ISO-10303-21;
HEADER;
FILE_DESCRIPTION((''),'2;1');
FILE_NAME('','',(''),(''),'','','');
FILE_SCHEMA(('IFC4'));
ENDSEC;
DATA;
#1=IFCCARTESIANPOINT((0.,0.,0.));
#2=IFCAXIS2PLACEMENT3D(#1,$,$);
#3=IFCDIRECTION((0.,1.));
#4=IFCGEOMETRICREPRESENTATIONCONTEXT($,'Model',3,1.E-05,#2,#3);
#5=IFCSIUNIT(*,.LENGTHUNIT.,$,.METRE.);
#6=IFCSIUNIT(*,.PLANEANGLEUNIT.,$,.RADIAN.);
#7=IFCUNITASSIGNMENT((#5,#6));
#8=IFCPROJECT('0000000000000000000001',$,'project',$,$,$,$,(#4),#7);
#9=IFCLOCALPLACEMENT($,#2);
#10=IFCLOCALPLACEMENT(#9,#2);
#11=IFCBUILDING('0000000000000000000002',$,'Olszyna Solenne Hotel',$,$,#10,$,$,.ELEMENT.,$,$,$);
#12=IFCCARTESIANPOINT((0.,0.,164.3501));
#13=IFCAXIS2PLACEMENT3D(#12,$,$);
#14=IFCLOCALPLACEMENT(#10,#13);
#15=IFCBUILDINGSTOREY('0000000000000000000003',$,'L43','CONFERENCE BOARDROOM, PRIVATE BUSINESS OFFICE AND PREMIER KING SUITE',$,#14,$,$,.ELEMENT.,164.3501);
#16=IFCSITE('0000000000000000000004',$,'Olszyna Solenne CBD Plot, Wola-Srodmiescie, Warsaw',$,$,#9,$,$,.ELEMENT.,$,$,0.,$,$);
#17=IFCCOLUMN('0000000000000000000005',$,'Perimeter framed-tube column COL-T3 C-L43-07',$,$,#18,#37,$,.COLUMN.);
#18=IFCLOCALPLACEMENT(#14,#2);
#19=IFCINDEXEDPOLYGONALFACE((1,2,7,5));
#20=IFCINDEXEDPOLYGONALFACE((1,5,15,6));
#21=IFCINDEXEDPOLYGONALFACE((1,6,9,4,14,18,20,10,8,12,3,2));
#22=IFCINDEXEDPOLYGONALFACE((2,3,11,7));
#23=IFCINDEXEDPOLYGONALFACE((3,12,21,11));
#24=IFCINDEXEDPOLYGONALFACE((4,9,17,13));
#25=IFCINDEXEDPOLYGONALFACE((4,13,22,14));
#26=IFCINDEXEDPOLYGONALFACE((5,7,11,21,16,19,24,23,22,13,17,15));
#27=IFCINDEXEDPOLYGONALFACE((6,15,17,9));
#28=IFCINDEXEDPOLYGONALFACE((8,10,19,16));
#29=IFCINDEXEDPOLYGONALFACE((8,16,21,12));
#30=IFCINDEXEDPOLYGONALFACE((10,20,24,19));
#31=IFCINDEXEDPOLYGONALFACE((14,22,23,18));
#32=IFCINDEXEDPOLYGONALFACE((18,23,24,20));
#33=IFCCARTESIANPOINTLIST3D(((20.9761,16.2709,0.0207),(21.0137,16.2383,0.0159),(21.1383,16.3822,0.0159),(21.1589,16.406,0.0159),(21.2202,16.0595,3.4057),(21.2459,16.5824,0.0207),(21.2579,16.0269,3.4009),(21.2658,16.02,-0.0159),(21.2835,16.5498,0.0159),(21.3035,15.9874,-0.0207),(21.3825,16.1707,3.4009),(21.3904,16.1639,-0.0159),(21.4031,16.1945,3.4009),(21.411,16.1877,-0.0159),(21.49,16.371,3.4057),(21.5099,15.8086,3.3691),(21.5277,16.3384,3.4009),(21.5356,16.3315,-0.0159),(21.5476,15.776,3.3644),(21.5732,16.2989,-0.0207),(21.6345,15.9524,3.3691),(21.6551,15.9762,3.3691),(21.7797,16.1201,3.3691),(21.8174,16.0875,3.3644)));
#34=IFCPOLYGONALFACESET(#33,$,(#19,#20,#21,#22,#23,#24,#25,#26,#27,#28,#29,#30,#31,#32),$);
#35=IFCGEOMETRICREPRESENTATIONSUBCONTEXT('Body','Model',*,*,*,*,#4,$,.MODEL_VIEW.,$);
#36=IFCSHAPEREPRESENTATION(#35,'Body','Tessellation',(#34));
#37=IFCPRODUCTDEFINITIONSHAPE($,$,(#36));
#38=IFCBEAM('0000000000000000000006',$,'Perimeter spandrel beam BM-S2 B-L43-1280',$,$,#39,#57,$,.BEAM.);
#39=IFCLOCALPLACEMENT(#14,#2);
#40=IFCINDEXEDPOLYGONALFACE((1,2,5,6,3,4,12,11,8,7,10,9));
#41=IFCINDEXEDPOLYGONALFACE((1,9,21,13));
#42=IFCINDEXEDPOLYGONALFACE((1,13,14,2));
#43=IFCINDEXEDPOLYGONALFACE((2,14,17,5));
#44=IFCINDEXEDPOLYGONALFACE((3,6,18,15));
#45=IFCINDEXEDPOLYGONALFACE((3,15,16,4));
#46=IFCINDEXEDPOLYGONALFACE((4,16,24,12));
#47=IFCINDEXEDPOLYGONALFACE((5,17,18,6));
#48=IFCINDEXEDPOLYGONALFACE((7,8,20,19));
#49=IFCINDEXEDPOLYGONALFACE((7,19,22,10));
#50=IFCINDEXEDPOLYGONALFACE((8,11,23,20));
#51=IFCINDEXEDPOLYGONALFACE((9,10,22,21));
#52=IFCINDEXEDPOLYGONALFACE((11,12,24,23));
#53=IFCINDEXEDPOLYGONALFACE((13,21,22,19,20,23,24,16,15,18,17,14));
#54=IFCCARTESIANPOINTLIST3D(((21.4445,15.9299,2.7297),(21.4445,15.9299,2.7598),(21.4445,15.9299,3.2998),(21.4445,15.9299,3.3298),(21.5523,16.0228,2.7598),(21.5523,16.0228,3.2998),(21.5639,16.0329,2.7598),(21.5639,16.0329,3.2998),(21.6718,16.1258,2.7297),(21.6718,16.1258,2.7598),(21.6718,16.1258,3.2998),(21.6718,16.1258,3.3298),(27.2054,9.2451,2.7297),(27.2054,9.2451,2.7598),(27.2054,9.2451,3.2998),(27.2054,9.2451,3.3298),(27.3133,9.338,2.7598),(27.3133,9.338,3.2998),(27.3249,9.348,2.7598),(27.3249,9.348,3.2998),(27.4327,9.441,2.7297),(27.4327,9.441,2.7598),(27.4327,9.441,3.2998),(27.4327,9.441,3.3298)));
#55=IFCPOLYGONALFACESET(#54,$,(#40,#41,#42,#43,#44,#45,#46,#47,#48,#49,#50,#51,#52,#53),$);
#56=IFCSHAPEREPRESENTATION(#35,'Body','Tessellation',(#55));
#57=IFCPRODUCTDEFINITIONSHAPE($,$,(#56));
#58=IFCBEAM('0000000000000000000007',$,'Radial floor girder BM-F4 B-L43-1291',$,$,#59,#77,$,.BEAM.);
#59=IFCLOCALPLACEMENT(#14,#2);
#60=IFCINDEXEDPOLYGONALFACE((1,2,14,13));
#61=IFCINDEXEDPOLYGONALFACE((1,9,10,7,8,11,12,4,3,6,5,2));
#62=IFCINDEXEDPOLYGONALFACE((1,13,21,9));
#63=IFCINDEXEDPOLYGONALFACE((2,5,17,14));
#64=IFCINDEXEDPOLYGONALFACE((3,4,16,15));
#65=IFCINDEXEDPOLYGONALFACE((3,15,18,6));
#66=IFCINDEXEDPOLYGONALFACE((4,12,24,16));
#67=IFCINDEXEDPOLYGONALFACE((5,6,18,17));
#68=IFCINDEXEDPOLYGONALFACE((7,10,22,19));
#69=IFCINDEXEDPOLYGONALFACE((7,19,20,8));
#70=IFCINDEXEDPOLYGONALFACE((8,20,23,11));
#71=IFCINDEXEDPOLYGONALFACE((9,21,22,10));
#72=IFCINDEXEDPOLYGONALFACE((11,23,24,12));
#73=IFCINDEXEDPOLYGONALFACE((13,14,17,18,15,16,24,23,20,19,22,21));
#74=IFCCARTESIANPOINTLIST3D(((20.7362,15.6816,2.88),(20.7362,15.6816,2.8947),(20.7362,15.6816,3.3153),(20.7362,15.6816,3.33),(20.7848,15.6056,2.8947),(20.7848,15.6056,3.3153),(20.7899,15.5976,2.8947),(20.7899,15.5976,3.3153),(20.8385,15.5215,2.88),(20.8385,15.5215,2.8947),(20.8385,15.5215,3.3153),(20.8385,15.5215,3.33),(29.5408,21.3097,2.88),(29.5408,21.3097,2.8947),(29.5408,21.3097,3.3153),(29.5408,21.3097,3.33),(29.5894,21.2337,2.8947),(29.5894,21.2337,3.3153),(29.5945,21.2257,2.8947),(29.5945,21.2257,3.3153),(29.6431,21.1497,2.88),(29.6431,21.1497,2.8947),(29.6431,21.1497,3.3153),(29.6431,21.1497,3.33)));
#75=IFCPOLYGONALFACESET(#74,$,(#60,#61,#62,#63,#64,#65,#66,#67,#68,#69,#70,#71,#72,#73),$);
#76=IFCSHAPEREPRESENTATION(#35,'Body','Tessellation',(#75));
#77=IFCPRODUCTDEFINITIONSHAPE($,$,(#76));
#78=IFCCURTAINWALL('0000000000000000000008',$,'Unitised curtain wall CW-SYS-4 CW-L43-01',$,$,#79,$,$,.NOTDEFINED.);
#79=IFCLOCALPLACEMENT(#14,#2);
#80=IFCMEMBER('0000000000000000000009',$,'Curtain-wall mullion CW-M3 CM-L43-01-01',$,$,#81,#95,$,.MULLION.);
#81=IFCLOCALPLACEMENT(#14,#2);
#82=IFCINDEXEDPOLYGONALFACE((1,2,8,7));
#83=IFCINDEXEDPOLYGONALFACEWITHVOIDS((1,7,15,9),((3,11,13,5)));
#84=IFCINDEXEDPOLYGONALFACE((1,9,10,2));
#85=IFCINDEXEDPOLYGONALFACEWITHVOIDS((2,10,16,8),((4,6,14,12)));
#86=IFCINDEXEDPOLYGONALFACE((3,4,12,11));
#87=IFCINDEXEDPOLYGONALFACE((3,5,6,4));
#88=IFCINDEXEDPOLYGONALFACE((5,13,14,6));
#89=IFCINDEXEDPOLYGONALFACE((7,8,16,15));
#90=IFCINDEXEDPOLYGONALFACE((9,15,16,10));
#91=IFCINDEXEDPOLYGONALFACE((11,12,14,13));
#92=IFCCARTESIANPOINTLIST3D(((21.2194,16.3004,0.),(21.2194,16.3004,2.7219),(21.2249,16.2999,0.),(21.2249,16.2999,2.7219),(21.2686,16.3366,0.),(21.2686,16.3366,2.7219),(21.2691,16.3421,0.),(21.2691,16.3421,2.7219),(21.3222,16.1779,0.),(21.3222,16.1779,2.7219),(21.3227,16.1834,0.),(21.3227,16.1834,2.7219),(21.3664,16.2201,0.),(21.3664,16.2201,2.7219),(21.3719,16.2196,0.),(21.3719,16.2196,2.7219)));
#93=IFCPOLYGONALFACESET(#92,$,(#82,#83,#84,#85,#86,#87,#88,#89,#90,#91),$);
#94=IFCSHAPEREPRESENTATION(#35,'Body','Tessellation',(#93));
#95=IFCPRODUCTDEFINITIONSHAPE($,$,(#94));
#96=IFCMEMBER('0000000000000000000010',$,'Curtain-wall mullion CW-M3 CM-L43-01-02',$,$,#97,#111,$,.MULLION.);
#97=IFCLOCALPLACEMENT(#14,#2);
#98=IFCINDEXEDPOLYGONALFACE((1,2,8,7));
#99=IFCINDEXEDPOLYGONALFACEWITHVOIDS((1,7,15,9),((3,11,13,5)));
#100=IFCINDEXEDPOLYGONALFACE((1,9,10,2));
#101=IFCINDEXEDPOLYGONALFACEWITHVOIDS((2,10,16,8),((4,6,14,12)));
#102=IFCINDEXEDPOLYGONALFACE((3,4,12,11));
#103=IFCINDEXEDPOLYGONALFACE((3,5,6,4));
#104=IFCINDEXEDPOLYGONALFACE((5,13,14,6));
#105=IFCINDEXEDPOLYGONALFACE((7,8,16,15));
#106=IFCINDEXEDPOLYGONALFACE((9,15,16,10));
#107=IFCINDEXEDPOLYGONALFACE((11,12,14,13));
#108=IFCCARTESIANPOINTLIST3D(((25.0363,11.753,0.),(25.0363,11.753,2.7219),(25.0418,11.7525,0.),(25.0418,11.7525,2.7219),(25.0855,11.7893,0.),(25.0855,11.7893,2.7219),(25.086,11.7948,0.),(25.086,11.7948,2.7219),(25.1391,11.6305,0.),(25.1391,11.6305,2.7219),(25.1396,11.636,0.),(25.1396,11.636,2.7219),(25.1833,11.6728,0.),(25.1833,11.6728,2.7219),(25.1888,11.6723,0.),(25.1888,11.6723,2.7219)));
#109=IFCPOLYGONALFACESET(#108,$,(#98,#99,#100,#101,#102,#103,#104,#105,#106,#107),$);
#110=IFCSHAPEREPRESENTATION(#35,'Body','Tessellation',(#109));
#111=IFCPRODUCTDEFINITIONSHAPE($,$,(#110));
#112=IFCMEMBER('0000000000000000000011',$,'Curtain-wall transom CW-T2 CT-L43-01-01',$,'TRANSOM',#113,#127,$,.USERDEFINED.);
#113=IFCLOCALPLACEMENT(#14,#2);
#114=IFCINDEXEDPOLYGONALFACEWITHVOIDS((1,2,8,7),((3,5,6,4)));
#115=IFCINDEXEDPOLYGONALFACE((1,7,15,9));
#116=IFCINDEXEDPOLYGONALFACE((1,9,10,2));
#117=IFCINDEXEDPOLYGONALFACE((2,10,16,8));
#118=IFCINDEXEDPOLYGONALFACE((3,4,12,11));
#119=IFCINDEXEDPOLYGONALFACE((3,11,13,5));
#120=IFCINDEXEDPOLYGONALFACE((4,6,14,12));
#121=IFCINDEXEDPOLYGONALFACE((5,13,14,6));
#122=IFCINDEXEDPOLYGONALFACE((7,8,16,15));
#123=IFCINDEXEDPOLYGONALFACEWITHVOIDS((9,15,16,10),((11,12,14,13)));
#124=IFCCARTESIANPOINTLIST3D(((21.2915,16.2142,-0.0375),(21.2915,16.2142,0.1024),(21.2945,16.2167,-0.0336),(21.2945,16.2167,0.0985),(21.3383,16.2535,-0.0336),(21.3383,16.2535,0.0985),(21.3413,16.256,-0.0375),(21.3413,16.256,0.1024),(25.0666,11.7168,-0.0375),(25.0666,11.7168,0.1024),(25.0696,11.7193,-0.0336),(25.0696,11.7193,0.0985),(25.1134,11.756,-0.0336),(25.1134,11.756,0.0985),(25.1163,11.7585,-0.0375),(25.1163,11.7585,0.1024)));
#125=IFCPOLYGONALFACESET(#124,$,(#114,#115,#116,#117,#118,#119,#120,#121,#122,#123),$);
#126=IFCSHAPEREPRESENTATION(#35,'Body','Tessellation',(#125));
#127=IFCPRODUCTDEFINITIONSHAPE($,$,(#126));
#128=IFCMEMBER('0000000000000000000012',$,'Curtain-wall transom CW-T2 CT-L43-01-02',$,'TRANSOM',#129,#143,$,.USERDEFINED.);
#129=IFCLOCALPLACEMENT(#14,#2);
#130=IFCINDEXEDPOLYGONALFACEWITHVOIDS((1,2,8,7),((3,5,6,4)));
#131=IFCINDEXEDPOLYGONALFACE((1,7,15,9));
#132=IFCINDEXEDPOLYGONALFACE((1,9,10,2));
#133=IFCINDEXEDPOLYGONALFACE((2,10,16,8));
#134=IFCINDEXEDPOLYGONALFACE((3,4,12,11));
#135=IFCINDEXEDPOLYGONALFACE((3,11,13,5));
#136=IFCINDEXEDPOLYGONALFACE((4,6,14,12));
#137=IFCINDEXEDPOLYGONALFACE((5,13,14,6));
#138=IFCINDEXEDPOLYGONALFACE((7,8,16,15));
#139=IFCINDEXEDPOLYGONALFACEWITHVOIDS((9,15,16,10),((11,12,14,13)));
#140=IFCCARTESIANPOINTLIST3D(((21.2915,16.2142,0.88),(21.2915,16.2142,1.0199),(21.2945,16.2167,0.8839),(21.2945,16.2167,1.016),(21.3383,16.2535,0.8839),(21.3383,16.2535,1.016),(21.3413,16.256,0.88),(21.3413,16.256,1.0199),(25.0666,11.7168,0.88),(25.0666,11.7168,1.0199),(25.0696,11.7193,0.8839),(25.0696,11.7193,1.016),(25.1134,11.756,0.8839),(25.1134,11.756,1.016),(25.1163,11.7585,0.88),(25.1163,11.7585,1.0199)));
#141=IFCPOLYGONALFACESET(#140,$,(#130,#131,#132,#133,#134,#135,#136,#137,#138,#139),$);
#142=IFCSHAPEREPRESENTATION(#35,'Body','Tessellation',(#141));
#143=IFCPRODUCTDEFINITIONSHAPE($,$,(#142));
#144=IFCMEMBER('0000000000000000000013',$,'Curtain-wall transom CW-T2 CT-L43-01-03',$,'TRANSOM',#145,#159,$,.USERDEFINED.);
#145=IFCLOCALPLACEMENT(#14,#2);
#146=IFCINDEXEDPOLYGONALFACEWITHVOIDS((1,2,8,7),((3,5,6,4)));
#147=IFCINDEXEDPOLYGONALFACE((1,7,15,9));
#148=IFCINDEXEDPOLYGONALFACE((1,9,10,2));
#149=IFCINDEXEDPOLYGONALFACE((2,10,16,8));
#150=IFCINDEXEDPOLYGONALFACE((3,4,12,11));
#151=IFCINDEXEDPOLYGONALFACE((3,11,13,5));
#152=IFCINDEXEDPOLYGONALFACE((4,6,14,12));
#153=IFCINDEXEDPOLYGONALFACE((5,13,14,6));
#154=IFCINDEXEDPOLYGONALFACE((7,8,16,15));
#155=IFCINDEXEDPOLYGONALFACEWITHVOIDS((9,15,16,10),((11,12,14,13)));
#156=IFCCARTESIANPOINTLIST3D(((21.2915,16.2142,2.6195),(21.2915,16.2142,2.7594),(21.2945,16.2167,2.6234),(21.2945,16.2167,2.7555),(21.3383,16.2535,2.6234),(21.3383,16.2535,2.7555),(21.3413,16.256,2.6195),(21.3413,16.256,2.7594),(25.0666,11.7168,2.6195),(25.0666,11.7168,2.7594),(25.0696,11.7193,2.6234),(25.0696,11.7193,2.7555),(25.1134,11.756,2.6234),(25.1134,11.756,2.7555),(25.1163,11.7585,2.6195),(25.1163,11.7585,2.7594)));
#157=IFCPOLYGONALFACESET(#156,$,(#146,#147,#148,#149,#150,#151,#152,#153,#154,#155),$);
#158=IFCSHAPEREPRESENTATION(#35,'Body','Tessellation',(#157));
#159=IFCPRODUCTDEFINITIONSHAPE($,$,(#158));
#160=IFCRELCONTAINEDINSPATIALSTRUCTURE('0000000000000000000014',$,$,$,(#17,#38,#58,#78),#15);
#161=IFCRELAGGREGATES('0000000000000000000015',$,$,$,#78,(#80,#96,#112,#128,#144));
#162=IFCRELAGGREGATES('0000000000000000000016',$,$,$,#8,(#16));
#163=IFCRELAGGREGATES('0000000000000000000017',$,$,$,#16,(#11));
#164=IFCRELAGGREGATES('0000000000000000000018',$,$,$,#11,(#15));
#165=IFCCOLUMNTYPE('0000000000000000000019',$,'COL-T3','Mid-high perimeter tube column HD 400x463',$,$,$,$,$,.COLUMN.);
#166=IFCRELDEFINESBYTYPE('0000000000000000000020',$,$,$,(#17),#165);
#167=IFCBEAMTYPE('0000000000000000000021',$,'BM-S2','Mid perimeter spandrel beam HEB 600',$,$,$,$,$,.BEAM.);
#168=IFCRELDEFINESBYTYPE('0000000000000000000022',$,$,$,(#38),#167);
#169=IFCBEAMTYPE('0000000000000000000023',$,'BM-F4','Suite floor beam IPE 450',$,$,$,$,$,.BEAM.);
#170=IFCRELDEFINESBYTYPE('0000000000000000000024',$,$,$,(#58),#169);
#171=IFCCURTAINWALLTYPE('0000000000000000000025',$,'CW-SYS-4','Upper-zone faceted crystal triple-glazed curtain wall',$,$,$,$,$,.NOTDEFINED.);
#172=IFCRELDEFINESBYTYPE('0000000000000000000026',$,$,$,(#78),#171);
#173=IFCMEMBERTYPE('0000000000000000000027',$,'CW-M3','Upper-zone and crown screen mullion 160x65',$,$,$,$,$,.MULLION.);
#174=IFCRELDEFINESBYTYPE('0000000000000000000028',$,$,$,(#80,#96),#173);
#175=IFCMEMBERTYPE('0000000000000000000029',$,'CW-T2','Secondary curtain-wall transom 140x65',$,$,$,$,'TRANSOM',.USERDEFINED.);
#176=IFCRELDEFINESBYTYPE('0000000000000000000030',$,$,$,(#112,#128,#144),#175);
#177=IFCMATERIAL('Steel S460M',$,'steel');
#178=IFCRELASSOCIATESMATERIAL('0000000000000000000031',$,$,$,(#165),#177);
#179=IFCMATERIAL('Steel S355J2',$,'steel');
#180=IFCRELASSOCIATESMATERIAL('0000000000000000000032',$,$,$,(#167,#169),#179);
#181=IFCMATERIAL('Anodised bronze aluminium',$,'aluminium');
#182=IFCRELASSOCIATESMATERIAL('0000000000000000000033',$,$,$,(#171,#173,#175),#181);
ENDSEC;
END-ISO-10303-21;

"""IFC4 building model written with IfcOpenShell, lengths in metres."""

from ifc_helpers import new_model, si_unit, direction, frame, origin, origin_2d, place, context, subcontext, project, spatial, hollow_rectangle, i_section, extrude, source, transform, mapped, material, material_profile, profile_set, type_object, element, aggregate, save


model = new_model("IFC4")

# Units and contexts
model_context = context("Model", 3, precision=1e-05, world=origin(), true_north=direction((0.0, 1.0)))
body_context = subcontext(model_context, "Body", "Model", "MODEL_VIEW")
ifc_project = project(units=[si_unit("LENGTHUNIT", "METRE"), si_unit("PLANEANGLEUNIT", "RADIAN")], contexts=[model_context])

# Site, building, storey
site_placement = place(None, origin())
site = spatial("IfcSite", under=ifc_project, at=site_placement, Name="Olszyna Solenne CBD Plot, Wola-Srodmiescie, Warsaw", CompositionType="ELEMENT", RefElevation=0.0)
building_placement = place(site_placement, origin())
building = spatial("IfcBuilding", under=site, at=building_placement, Name="Olszyna Solenne Hotel", CompositionType="ELEMENT")
storey_placement = place(building_placement, frame((0.0, 0.0, 164.3501)))
storey = spatial("IfcBuildingStorey", under=building, at=storey_placement, Name="L43", Description="CONFERENCE BOARDROOM, PRIVATE BUSINESS OFFICE AND PREMIER KING SUITE", CompositionType="ELEMENT", Elevation=164.3501)

# Column
ifc_material_1 = material(Name="Steel S460M", Category="steel")
ifc_material_profile_1 = material_profile(ifc_material_1, i_section(OverallWidth=0.4121, OverallDepth=0.4351, WebThickness=0.0315, FlangeThickness=0.05, at=origin_2d()), Name="HD 400x463", Category="load-bearing")
ifc_profile_set_1 = profile_set([ifc_material_profile_1], Name="Steel S460M")
column_type = type_object("IfcColumnType", Name="COL-T3", Description="Mid-high perimeter tube column HD 400x463", PredefinedType="COLUMN", material=ifc_profile_set_1)
shared_shape_1 = source(origin(), body_context, "Body", "SweptSolid", [
    extrude(i_section(OverallWidth=0.4121, OverallDepth=0.4351, WebThickness=0.0315, FlangeThickness=0.05, at=origin_2d()), origin(), (0.0, 0.0, 1.0), 3.4004),
])
column_placement = place(storey_placement, frame((21.2747, 16.2849, 0.0), z_axis=(0.071798, -0.062177, 0.995479), x_axis=(0.654643, 0.755938, 0.0)))
element("IfcColumn", 1, at=column_placement, inside=storey, type_object=column_type, Name="Perimeter framed-tube column COL-T3 C-L43-07", PredefinedType="COLUMN", context=body_context, shape_type="MappedRepresentation", body=[
    mapped(shared_shape_1, transform((0.0, 0.0, 0.0), x_axis=(1.0, 0.0, 0.0), y_axis=(0.0, 1.0, 0.0), z_axis=(0.0, 0.0, 1.0), scale=1.0)),
])

# Beams
ifc_material_2 = material(Name="Steel S355J2", Category="steel")
ifc_material_profile_2 = material_profile(ifc_material_2, i_section(OverallWidth=0.3, OverallDepth=0.6001, WebThickness=0.0154, FlangeThickness=0.03, at=origin_2d()), Name="HEB 600", Category="load-bearing")
ifc_profile_set_2 = profile_set([ifc_material_profile_2], Name="Steel S355J2")
beam_type_1 = type_object("IfcBeamType", Name="BM-S2", Description="Mid perimeter spandrel beam HEB 600", PredefinedType="BEAM", material=ifc_profile_set_2)
shared_shape_2 = source(origin(), body_context, "Body", "SweptSolid", [
    extrude(i_section(OverallWidth=0.3, OverallDepth=0.6001, WebThickness=0.0154, FlangeThickness=0.03, at=origin_2d()), origin(), (0.0, 0.0, 1.0), 8.8247),
])
beam_1_placement = place(storey_placement, frame((21.5581, 16.0278, 3.0298), z_axis=(0.652824, -0.75751, 0.0), x_axis=(0.75751, 0.652824, 0.0)))
element("IfcBeam", 2, at=beam_1_placement, inside=storey, type_object=beam_type_1, Name="Perimeter spandrel beam BM-S2 B-L43-1280", PredefinedType="BEAM", context=body_context, shape_type="MappedRepresentation", body=[
    mapped(shared_shape_2, transform((0.0, 0.0, 0.0), x_axis=(1.0, 0.0, 0.0), y_axis=(0.0, 1.0, 0.0), z_axis=(0.0, 0.0, 1.0), scale=1.0)),
])
ifc_material_profile_3 = material_profile(ifc_material_2, i_section(OverallWidth=0.1899, OverallDepth=0.45, WebThickness=0.0095, FlangeThickness=0.0146, at=origin_2d()), Name="IPE 450", Category="load-bearing")
ifc_profile_set_3 = profile_set([ifc_material_profile_3], Name="Steel S355J2")
beam_type_2 = type_object("IfcBeamType", Name="BM-F4", Description="Suite floor beam IPE 450", PredefinedType="BEAM", material=ifc_profile_set_3)
shared_shape_3 = source(origin(), body_context, "Body", "SweptSolid", [
    extrude(i_section(OverallWidth=0.1899, OverallDepth=0.45, WebThickness=0.0095, FlangeThickness=0.0146, at=origin_2d()), origin(), (0.0, 0.0, 1.0), 10.4497),
])
beam_2_placement = place(storey_placement, frame((20.7874, 15.6016, 3.105), z_axis=(0.842568, 0.53859, 0.0), x_axis=(-0.53859, 0.842568, 0.0)))
element("IfcBeam", 3, at=beam_2_placement, inside=storey, type_object=beam_type_2, Name="Radial floor girder BM-F4 B-L43-1291", PredefinedType="BEAM", context=body_context, shape_type="MappedRepresentation", body=[
    mapped(shared_shape_3, transform((0.0, 0.0, 0.0), x_axis=(1.0, 0.0, 0.0), y_axis=(0.0, 1.0, 0.0), z_axis=(0.0, 0.0, 1.0), scale=1.0)),
])

# Curtain wall, members
ifc_material_3 = material(Name="Anodised bronze aluminium", Category="aluminium")
curtain_wall_type = type_object("IfcCurtainWallType", Name="CW-SYS-4", Description="Upper-zone faceted crystal triple-glazed curtain wall", PredefinedType="NOTDEFINED", material=ifc_material_3)
curtain_wall_placement = place(storey_placement, origin())
curtain_wall = element("IfcCurtainWall", 4, at=curtain_wall_placement, inside=storey, type_object=curtain_wall_type, Name="Unitised curtain wall CW-SYS-4 CW-L43-01", PredefinedType="NOTDEFINED")
ifc_material_profile_4 = material_profile(ifc_material_3, hollow_rectangle(XDim=0.0649, YDim=0.1599, WallThickness=0.0039, at=origin_2d()), Name="MULL 160x65x4", Category="load-bearing")
ifc_profile_set_4 = profile_set([ifc_material_profile_4], Name="Anodised bronze aluminium")
member_type_1 = type_object("IfcMemberType", Name="CW-M3", Description="Upper-zone and crown screen mullion 160x65", PredefinedType="MULLION", material=ifc_profile_set_4)
shared_shape_4 = source(origin(), body_context, "Body", "SweptSolid", [
    extrude(hollow_rectangle(XDim=0.0649, YDim=0.1599, WallThickness=0.0039, at=origin_2d()), origin(), (0.0, 0.0, 1.0), 2.7219),
])
member_1_placement = place(storey_placement, frame((21.2957, 16.26, 0.0), z_axis=(0.0, 0.0, 1.0), x_axis=(0.765951, 0.642899, 0.0)))
member_1 = element("IfcMember", 5, at=member_1_placement, type_object=member_type_1, Name="Curtain-wall mullion CW-M3 CM-L43-01-01", PredefinedType="MULLION", context=body_context, shape_type="MappedRepresentation", body=[
    mapped(shared_shape_4, transform((0.0, 0.0, 0.0), x_axis=(1.0, 0.0, 0.0), y_axis=(0.0, 1.0, 0.0), z_axis=(0.0, 0.0, 1.0), scale=1.0)),
])
member_2_placement = place(storey_placement, frame((25.1125, 11.7126, 0.0), z_axis=(0.0, 0.0, 1.0), x_axis=(0.765951, 0.642899, 0.0)))
member_2 = element("IfcMember", 6, at=member_2_placement, type_object=member_type_1, Name="Curtain-wall mullion CW-M3 CM-L43-01-02", PredefinedType="MULLION", context=body_context, shape_type="MappedRepresentation", body=[
    mapped(shared_shape_4, transform((0.0, 0.0, 0.0), x_axis=(1.0, 0.0, 0.0), y_axis=(0.0, 1.0, 0.0), z_axis=(0.0, 0.0, 1.0), scale=1.0)),
])
ifc_material_profile_5 = material_profile(ifc_material_3, hollow_rectangle(XDim=0.0649, YDim=0.1399, WallThickness=0.0039, at=origin_2d()), Name="TRAN 140x65x4", Category="load-bearing")
ifc_profile_set_5 = profile_set([ifc_material_profile_5], Name="Anodised bronze aluminium")
member_type_2 = type_object("IfcMemberType", Name="CW-T2", Description="Secondary curtain-wall transom 140x65", ElementType="TRANSOM", PredefinedType="USERDEFINED", material=ifc_profile_set_5)
shared_shape_5 = source(origin(), body_context, "Body", "SweptSolid", [
    extrude(hollow_rectangle(XDim=0.0649, YDim=0.1399, WallThickness=0.0039, at=origin_2d()), origin(), (0.0, 0.0, 1.0), 5.8718),
])
member_3_placement = place(storey_placement, frame((21.3164, 16.2351, 0.0325), z_axis=(0.642912, -0.76594, 0.0), x_axis=(0.76594, 0.642912, 0.0)))
member_3 = element("IfcMember", 7, at=member_3_placement, type_object=member_type_2, Name="Curtain-wall transom CW-T2 CT-L43-01-01", ObjectType="TRANSOM", PredefinedType="USERDEFINED", context=body_context, shape_type="MappedRepresentation", body=[
    mapped(shared_shape_5, transform((0.0, 0.0, 0.0), x_axis=(1.0, 0.0, 0.0), y_axis=(0.0, 1.0, 0.0), z_axis=(0.0, 0.0, 1.0), scale=1.0)),
])
member_4_placement = place(storey_placement, frame((21.3164, 16.2351, 0.95), z_axis=(0.642912, -0.76594, 0.0), x_axis=(0.76594, 0.642912, 0.0)))
member_4 = element("IfcMember", 8, at=member_4_placement, type_object=member_type_2, Name="Curtain-wall transom CW-T2 CT-L43-01-02", ObjectType="TRANSOM", PredefinedType="USERDEFINED", context=body_context, shape_type="MappedRepresentation", body=[
    mapped(shared_shape_5, transform((0.0, 0.0, 0.0), x_axis=(1.0, 0.0, 0.0), y_axis=(0.0, 1.0, 0.0), z_axis=(0.0, 0.0, 1.0), scale=1.0)),
])
member_5_placement = place(storey_placement, frame((21.3164, 16.2351, 2.6895), z_axis=(0.642912, -0.76594, 0.0), x_axis=(0.76594, 0.642912, 0.0)))
member_5 = element("IfcMember", 9, at=member_5_placement, type_object=member_type_2, Name="Curtain-wall transom CW-T2 CT-L43-01-03", ObjectType="TRANSOM", PredefinedType="USERDEFINED", context=body_context, shape_type="MappedRepresentation", body=[
    mapped(shared_shape_5, transform((0.0, 0.0, 0.0), x_axis=(1.0, 0.0, 0.0), y_axis=(0.0, 1.0, 0.0), z_axis=(0.0, 0.0, 1.0), scale=1.0)),
])

aggregate(curtain_wall, [member_1, member_2, member_3, member_4, member_5])

save(model, "model.ifc")
